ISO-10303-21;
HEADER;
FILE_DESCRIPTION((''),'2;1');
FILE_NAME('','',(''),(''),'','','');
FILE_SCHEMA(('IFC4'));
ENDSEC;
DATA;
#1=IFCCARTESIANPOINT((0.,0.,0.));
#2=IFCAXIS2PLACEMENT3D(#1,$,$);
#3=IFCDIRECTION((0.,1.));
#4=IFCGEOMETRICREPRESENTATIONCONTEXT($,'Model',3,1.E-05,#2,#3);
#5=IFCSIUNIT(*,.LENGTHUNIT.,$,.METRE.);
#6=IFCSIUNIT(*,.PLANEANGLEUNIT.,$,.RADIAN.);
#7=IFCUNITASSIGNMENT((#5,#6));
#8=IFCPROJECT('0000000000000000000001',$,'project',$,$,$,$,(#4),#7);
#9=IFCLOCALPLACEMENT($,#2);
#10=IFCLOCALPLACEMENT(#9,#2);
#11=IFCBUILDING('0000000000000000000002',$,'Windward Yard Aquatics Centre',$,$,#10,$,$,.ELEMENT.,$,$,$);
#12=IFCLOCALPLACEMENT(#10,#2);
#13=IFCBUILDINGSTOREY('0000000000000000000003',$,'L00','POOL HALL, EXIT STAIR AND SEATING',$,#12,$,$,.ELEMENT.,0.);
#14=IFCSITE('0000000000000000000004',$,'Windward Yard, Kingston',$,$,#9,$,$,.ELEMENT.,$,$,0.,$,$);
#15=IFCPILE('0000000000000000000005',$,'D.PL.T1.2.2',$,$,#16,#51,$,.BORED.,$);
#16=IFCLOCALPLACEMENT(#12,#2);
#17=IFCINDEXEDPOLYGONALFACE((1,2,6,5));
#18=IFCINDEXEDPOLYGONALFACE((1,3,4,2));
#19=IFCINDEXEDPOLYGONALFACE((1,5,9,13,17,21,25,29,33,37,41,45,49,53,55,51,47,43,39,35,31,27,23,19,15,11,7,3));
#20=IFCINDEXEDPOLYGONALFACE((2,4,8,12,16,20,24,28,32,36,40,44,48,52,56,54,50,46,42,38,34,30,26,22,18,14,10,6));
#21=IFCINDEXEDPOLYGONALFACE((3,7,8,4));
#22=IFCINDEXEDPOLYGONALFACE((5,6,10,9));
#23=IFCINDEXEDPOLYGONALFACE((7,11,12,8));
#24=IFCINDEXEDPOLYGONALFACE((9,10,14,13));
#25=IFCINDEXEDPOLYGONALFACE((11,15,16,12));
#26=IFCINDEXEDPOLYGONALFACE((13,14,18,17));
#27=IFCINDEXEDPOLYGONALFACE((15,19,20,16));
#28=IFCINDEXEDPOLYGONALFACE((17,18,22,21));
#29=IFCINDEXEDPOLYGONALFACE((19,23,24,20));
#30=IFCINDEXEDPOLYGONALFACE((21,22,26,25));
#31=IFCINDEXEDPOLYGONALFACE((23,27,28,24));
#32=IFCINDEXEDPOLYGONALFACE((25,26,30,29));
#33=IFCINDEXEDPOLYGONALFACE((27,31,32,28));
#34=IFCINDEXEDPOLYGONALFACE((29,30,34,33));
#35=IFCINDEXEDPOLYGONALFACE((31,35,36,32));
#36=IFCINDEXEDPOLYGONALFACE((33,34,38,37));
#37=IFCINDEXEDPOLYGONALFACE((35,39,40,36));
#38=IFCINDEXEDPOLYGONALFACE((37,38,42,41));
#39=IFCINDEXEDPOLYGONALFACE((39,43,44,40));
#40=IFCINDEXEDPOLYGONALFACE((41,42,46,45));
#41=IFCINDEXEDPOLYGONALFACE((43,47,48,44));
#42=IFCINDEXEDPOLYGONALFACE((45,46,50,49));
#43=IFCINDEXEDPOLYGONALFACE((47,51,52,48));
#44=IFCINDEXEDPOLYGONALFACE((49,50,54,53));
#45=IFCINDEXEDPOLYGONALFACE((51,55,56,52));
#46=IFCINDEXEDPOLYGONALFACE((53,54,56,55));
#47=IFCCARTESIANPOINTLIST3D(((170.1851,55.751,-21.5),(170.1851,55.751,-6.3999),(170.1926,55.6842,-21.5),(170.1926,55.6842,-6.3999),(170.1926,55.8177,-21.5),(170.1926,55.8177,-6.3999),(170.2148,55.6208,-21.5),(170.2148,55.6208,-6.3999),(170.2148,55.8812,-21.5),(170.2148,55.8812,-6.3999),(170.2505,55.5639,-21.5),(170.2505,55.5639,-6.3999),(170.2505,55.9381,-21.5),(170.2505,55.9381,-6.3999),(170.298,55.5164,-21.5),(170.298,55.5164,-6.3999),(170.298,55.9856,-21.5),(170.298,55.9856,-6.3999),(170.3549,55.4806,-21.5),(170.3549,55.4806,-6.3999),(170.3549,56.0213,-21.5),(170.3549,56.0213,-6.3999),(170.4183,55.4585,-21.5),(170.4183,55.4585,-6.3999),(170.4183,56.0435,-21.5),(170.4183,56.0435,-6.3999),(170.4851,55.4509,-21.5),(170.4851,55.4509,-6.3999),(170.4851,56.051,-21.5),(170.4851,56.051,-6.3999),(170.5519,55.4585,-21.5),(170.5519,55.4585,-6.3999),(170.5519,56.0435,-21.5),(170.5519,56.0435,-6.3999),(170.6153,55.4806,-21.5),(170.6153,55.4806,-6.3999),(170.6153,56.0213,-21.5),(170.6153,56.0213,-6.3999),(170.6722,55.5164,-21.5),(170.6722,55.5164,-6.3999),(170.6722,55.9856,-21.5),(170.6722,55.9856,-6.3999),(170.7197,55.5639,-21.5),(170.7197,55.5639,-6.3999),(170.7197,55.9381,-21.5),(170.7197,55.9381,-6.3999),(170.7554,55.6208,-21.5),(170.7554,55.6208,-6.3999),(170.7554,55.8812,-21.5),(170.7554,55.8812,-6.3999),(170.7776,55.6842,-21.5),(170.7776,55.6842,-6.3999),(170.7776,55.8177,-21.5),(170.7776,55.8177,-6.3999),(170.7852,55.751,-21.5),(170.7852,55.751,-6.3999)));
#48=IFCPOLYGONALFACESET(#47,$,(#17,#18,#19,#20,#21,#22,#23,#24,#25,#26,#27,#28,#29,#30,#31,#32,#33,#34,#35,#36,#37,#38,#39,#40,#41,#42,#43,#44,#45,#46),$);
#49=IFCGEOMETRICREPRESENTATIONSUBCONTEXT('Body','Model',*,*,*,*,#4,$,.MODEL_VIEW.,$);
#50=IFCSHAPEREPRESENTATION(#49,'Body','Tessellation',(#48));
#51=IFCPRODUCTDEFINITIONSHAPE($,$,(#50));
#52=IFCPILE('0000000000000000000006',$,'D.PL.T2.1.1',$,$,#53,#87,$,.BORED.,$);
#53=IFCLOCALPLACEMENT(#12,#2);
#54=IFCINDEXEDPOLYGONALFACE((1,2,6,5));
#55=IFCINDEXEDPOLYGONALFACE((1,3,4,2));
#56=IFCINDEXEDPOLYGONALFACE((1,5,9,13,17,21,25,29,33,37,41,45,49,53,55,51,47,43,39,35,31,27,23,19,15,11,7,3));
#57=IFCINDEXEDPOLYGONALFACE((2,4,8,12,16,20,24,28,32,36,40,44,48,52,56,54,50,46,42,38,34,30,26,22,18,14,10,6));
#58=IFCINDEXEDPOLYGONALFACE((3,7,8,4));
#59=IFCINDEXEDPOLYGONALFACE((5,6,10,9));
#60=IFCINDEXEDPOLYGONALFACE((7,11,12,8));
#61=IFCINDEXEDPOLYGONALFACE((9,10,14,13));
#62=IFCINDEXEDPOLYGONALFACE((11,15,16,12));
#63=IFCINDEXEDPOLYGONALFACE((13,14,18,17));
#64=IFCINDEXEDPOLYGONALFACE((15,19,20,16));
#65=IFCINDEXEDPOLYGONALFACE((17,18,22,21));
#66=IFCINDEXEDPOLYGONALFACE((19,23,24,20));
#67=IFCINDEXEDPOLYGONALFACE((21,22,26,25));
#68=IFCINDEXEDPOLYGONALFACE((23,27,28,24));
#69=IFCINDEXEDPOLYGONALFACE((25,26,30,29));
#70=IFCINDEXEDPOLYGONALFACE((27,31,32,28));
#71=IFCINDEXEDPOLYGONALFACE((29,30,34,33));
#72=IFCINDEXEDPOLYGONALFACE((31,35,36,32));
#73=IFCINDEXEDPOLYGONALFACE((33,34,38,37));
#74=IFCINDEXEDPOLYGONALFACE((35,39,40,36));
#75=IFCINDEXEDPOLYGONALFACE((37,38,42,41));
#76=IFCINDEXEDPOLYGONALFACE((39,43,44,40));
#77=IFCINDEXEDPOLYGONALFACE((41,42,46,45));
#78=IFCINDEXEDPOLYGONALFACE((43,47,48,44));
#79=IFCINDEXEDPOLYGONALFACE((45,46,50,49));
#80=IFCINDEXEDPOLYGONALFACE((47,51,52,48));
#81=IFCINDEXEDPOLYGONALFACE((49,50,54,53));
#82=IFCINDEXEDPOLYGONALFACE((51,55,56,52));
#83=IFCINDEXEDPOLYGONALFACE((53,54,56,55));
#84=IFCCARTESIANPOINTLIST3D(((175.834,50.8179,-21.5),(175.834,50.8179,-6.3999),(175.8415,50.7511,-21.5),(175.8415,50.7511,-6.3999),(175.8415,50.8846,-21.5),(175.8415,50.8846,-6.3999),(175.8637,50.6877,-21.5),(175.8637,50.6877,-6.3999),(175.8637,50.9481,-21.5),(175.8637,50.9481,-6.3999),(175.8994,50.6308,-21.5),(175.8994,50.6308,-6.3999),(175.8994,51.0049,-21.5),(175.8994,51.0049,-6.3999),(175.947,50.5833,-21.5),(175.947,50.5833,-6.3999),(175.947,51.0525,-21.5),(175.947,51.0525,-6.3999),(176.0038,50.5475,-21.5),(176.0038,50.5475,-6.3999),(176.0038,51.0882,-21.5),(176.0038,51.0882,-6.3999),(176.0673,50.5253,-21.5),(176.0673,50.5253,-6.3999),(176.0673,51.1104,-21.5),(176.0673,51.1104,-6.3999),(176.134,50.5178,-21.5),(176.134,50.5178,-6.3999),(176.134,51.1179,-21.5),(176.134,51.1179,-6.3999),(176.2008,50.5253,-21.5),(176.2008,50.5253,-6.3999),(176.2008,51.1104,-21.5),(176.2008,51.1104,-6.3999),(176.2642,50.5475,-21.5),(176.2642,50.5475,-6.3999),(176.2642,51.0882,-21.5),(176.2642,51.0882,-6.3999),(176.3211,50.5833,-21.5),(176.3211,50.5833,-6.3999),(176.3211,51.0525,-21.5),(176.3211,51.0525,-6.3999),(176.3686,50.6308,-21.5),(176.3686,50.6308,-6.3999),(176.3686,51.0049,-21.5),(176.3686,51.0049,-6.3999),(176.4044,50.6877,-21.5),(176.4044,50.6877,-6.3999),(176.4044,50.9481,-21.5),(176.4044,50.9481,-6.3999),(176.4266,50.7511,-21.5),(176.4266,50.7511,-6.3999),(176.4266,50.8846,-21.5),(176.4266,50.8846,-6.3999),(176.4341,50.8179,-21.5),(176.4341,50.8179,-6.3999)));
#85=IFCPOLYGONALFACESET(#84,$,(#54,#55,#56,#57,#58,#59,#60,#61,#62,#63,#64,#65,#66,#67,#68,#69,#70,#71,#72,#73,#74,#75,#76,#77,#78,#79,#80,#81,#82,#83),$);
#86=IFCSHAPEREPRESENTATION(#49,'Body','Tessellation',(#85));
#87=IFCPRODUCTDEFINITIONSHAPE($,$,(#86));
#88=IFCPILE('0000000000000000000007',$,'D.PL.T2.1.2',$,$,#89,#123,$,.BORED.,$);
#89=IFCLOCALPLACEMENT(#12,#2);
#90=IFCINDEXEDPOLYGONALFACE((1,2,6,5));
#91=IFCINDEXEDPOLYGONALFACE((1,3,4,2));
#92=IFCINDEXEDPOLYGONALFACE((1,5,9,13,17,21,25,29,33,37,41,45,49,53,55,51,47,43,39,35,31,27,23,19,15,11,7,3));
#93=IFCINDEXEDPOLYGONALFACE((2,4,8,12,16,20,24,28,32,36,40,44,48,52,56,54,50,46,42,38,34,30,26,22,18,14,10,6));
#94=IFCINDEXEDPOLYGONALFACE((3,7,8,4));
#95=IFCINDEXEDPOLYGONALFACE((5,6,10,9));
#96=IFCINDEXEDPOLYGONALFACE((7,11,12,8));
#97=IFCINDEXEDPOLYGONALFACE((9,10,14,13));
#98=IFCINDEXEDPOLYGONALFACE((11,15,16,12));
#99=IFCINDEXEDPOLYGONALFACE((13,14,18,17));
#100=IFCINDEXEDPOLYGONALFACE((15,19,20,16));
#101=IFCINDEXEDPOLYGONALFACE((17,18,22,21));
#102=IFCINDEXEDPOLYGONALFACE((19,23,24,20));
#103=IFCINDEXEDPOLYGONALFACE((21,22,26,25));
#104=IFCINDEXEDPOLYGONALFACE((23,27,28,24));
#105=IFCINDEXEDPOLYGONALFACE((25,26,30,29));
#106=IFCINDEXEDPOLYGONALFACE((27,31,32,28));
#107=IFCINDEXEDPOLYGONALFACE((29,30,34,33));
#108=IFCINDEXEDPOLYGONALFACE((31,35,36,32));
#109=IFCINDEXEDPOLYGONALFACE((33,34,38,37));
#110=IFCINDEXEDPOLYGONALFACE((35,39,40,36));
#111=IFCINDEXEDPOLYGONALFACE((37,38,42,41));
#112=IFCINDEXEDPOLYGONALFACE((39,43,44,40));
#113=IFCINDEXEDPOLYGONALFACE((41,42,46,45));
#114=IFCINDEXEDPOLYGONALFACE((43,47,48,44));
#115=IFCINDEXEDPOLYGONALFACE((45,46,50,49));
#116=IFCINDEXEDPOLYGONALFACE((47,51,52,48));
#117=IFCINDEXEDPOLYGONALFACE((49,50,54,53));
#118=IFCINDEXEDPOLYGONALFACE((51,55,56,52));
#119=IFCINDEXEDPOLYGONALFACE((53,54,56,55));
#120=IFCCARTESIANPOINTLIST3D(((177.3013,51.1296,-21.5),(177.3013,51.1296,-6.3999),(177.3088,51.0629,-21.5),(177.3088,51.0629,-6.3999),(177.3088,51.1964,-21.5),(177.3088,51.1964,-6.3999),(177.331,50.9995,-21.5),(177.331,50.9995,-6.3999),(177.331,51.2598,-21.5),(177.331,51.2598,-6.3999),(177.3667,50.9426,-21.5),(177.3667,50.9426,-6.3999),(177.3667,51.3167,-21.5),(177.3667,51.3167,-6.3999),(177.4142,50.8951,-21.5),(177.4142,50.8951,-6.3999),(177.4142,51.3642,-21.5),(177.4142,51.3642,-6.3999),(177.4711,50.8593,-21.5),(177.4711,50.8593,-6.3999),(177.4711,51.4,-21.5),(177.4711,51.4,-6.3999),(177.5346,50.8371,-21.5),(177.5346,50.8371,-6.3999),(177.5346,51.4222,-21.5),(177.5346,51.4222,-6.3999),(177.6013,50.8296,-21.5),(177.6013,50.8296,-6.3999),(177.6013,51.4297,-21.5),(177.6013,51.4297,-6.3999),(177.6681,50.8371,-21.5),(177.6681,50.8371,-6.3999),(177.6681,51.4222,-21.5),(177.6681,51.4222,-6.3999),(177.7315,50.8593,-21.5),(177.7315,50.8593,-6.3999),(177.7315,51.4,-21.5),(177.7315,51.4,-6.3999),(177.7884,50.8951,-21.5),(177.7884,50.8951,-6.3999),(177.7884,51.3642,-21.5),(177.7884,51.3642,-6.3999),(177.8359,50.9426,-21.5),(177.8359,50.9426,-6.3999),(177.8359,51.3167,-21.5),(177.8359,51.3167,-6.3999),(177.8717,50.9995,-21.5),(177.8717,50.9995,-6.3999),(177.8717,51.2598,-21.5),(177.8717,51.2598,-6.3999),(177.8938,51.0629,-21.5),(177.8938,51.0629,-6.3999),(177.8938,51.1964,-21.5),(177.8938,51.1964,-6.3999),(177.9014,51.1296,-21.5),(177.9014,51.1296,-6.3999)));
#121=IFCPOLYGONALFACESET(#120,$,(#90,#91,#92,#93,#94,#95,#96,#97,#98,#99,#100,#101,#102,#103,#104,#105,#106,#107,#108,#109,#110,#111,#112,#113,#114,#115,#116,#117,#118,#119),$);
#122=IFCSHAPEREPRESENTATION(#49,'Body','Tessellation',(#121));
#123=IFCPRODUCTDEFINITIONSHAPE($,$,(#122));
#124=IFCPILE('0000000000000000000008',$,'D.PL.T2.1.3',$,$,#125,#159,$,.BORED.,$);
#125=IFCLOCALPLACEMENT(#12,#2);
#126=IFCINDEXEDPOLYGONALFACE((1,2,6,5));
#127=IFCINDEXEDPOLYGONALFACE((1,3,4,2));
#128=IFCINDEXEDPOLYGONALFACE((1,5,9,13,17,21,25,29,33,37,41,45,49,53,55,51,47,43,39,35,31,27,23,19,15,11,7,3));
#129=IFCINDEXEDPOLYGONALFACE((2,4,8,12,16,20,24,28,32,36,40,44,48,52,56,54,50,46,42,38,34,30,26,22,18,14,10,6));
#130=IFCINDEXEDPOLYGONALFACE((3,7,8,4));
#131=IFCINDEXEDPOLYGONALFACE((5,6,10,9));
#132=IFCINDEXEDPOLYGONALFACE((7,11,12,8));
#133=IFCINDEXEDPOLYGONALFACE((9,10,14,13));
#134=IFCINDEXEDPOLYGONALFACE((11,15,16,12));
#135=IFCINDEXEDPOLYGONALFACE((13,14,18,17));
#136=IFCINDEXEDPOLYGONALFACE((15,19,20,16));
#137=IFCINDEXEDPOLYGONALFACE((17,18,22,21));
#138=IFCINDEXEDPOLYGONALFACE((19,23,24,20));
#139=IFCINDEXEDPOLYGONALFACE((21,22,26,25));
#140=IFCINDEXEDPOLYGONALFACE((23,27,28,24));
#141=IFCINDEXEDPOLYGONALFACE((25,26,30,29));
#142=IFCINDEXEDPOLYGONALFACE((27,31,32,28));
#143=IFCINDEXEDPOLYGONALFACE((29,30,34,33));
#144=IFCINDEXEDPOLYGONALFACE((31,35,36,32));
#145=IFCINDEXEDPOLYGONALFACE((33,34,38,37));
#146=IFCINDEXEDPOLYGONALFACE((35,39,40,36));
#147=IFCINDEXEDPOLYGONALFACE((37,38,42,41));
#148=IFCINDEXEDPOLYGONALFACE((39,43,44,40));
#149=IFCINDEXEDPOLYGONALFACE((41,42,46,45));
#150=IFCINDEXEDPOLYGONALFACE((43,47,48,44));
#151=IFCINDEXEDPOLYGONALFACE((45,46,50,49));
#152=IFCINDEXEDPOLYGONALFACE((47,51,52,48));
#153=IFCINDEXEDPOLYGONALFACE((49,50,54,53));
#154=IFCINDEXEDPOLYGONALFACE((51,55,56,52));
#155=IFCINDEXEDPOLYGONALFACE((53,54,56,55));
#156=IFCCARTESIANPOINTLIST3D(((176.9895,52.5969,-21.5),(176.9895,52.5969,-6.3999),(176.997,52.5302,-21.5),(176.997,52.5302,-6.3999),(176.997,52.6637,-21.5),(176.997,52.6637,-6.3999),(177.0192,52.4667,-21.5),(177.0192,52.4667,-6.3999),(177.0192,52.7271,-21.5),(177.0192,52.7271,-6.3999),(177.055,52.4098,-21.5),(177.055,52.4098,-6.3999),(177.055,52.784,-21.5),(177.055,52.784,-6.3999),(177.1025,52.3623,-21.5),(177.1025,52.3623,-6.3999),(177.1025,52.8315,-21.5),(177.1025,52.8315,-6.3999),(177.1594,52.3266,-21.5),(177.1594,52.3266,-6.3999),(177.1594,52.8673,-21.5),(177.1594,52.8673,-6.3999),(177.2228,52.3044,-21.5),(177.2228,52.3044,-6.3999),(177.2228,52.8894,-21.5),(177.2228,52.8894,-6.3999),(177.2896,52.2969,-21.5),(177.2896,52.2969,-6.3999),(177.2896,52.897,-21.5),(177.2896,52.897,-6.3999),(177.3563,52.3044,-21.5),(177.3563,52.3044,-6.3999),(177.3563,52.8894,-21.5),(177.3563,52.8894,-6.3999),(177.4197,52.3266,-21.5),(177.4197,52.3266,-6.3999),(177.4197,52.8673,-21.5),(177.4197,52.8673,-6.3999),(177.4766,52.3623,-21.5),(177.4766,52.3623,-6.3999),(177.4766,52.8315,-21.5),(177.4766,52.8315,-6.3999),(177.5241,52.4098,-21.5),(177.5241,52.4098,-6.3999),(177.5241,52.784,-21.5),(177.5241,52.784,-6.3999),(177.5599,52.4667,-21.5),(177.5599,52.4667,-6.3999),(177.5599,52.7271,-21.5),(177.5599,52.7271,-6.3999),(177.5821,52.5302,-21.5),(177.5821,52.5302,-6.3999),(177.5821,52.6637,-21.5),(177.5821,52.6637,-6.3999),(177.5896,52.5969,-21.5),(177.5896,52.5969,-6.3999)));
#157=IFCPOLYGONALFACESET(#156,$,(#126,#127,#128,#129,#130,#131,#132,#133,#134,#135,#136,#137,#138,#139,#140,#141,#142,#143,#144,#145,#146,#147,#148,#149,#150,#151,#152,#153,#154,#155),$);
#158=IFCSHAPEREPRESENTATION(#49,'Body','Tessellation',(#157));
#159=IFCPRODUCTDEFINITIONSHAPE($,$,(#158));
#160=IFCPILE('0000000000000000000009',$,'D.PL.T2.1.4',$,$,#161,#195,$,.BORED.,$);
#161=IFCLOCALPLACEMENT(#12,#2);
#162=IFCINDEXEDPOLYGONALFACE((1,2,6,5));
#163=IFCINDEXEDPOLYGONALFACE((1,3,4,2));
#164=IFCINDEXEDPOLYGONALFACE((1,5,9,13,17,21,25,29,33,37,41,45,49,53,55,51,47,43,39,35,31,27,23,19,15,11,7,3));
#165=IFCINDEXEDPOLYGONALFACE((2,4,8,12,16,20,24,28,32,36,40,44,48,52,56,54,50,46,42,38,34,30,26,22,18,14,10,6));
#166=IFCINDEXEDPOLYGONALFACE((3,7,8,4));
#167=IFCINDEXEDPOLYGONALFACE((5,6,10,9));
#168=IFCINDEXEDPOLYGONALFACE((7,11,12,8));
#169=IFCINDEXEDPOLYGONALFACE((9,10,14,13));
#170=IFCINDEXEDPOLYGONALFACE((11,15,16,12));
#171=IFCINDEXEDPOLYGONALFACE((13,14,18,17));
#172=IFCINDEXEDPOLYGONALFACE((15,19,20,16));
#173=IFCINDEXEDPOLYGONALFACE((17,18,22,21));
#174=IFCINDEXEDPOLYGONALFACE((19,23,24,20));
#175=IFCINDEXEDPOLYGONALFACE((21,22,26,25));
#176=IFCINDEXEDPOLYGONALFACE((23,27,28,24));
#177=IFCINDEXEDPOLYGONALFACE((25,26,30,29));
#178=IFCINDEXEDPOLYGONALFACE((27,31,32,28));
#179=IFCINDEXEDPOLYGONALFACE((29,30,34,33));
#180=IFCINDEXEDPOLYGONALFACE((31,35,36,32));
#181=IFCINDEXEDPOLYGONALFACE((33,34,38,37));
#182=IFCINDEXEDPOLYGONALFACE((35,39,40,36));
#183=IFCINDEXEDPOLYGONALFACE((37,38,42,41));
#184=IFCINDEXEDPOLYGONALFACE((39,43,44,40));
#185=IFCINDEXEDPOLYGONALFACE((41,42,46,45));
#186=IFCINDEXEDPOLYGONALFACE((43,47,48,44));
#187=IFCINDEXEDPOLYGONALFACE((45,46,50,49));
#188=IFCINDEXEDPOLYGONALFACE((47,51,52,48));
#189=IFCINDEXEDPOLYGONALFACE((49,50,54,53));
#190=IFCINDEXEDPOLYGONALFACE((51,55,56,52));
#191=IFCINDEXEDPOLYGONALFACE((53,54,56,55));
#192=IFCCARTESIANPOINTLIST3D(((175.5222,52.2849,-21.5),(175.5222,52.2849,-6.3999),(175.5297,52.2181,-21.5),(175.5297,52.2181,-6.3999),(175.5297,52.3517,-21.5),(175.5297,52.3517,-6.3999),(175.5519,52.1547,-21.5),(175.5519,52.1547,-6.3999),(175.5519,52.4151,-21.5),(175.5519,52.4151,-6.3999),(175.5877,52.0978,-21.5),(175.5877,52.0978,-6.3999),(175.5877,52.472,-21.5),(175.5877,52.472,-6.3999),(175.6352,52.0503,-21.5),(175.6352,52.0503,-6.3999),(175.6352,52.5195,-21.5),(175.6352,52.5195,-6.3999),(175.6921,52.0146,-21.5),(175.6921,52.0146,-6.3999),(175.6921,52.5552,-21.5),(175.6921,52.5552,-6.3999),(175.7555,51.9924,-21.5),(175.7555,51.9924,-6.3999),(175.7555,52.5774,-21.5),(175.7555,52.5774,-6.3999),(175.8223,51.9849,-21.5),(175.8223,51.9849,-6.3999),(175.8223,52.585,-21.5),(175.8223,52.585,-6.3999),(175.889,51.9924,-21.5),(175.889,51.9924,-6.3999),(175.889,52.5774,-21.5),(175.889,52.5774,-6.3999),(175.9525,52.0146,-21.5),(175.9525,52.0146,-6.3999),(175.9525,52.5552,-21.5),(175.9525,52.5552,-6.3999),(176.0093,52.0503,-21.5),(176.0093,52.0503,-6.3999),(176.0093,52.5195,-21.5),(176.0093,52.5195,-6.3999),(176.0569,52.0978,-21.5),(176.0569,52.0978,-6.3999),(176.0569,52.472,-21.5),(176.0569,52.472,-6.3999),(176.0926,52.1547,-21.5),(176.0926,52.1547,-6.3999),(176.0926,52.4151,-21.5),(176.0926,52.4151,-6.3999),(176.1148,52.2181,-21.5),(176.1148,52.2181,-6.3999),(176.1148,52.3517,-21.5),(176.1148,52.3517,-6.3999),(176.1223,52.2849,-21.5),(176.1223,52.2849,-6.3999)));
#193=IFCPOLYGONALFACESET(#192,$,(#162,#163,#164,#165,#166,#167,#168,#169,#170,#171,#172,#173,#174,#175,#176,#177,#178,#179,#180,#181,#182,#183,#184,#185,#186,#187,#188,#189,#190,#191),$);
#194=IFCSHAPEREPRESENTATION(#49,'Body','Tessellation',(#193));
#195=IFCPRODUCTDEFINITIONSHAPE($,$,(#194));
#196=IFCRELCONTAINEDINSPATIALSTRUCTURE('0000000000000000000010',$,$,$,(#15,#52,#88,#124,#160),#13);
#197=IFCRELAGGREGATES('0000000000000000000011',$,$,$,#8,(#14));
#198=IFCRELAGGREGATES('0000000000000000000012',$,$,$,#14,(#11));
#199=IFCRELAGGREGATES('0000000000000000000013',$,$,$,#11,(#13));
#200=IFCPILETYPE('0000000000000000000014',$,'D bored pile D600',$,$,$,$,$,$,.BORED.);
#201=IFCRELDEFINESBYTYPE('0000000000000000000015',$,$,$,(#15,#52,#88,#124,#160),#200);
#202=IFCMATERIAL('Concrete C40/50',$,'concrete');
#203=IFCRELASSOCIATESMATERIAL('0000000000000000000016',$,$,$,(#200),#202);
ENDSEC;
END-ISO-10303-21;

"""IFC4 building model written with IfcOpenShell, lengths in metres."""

from ifc_helpers import new_model, si_unit, direction, frame, origin, origin_2d, place, context, subcontext, project, spatial, circle, extrude, material, material_profile, profile_set, type_object, element, save


model = new_model("IFC4")

# Units and contexts
model_context = context("Model", 3, precision=1e-05, world=origin(), true_north=direction((0.0, 1.0)))
body_context = subcontext(model_context, "Body", "Model", "MODEL_VIEW")
ifc_project = project(units=[si_unit("LENGTHUNIT", "METRE"), si_unit("PLANEANGLEUNIT", "RADIAN")], contexts=[model_context])

# Site, building, storey
site_placement = place(None, origin())
site = spatial("IfcSite", under=ifc_project, at=site_placement, Name="Windward Yard, Kingston", CompositionType="ELEMENT", RefElevation=0.0)
building_placement = place(site_placement, origin())
building = spatial("IfcBuilding", under=site, at=building_placement, Name="Windward Yard Aquatics Centre", CompositionType="ELEMENT")
storey_placement = place(building_placement, origin())
storey = spatial("IfcBuildingStorey", under=building, at=storey_placement, Name="L00", Description="POOL HALL, EXIT STAIR AND SEATING", CompositionType="ELEMENT", Elevation=0.0)

# Piles
ifc_material_1 = material(Name="Concrete C40/50", Category="concrete")
ifc_material_profile_1 = material_profile(ifc_material_1, circle(Radius=0.3, at=origin_2d()), Name="RC D600")
ifc_profile_set_1 = profile_set([ifc_material_profile_1], Name="Concrete C40/50")
pile_type = type_object("IfcPileType", Name="D bored pile D600", PredefinedType="BORED", material=ifc_profile_set_1)
for number, where, z_axis, x_axis, name in (
    (1, (170.4851, 55.751, -6.3999), (0.0, 0.0, -1.0), (1.0, 0.0, 0.0), "D.PL.T1.2.2"),
    (2, (176.134, 50.8179, -6.3999), (0.0, 0.0, -1.0), (1.0, 0.0, 0.0), "D.PL.T2.1.1"),
    (3, (177.6013, 51.1296, -6.3999), (0.0, 0.0, -1.0), (1.0, 0.0, 0.0), "D.PL.T2.1.2"),
    (4, (177.2896, 52.5969, -6.3999), (0.0, 0.0, -1.0), (1.0, 0.0, 0.0), "D.PL.T2.1.3"),
    (5, (175.8223, 52.2849, -6.3999), (0.0, 0.0, -1.0), (1.0, 0.0, 0.0), "D.PL.T2.1.4"),
):
    element("IfcPile", number, at=place(storey_placement, frame(where, z_axis=z_axis, x_axis=x_axis)), inside=storey, type_object=pile_type, Name=name, PredefinedType="BORED", context=body_context, shape_type="SweptSolid", body=[
        extrude(circle(Radius=0.3, at=origin_2d()), origin(), (0.0, 0.0, 1.0), 15.1001),
    ])

save(model, "model.ifc")
